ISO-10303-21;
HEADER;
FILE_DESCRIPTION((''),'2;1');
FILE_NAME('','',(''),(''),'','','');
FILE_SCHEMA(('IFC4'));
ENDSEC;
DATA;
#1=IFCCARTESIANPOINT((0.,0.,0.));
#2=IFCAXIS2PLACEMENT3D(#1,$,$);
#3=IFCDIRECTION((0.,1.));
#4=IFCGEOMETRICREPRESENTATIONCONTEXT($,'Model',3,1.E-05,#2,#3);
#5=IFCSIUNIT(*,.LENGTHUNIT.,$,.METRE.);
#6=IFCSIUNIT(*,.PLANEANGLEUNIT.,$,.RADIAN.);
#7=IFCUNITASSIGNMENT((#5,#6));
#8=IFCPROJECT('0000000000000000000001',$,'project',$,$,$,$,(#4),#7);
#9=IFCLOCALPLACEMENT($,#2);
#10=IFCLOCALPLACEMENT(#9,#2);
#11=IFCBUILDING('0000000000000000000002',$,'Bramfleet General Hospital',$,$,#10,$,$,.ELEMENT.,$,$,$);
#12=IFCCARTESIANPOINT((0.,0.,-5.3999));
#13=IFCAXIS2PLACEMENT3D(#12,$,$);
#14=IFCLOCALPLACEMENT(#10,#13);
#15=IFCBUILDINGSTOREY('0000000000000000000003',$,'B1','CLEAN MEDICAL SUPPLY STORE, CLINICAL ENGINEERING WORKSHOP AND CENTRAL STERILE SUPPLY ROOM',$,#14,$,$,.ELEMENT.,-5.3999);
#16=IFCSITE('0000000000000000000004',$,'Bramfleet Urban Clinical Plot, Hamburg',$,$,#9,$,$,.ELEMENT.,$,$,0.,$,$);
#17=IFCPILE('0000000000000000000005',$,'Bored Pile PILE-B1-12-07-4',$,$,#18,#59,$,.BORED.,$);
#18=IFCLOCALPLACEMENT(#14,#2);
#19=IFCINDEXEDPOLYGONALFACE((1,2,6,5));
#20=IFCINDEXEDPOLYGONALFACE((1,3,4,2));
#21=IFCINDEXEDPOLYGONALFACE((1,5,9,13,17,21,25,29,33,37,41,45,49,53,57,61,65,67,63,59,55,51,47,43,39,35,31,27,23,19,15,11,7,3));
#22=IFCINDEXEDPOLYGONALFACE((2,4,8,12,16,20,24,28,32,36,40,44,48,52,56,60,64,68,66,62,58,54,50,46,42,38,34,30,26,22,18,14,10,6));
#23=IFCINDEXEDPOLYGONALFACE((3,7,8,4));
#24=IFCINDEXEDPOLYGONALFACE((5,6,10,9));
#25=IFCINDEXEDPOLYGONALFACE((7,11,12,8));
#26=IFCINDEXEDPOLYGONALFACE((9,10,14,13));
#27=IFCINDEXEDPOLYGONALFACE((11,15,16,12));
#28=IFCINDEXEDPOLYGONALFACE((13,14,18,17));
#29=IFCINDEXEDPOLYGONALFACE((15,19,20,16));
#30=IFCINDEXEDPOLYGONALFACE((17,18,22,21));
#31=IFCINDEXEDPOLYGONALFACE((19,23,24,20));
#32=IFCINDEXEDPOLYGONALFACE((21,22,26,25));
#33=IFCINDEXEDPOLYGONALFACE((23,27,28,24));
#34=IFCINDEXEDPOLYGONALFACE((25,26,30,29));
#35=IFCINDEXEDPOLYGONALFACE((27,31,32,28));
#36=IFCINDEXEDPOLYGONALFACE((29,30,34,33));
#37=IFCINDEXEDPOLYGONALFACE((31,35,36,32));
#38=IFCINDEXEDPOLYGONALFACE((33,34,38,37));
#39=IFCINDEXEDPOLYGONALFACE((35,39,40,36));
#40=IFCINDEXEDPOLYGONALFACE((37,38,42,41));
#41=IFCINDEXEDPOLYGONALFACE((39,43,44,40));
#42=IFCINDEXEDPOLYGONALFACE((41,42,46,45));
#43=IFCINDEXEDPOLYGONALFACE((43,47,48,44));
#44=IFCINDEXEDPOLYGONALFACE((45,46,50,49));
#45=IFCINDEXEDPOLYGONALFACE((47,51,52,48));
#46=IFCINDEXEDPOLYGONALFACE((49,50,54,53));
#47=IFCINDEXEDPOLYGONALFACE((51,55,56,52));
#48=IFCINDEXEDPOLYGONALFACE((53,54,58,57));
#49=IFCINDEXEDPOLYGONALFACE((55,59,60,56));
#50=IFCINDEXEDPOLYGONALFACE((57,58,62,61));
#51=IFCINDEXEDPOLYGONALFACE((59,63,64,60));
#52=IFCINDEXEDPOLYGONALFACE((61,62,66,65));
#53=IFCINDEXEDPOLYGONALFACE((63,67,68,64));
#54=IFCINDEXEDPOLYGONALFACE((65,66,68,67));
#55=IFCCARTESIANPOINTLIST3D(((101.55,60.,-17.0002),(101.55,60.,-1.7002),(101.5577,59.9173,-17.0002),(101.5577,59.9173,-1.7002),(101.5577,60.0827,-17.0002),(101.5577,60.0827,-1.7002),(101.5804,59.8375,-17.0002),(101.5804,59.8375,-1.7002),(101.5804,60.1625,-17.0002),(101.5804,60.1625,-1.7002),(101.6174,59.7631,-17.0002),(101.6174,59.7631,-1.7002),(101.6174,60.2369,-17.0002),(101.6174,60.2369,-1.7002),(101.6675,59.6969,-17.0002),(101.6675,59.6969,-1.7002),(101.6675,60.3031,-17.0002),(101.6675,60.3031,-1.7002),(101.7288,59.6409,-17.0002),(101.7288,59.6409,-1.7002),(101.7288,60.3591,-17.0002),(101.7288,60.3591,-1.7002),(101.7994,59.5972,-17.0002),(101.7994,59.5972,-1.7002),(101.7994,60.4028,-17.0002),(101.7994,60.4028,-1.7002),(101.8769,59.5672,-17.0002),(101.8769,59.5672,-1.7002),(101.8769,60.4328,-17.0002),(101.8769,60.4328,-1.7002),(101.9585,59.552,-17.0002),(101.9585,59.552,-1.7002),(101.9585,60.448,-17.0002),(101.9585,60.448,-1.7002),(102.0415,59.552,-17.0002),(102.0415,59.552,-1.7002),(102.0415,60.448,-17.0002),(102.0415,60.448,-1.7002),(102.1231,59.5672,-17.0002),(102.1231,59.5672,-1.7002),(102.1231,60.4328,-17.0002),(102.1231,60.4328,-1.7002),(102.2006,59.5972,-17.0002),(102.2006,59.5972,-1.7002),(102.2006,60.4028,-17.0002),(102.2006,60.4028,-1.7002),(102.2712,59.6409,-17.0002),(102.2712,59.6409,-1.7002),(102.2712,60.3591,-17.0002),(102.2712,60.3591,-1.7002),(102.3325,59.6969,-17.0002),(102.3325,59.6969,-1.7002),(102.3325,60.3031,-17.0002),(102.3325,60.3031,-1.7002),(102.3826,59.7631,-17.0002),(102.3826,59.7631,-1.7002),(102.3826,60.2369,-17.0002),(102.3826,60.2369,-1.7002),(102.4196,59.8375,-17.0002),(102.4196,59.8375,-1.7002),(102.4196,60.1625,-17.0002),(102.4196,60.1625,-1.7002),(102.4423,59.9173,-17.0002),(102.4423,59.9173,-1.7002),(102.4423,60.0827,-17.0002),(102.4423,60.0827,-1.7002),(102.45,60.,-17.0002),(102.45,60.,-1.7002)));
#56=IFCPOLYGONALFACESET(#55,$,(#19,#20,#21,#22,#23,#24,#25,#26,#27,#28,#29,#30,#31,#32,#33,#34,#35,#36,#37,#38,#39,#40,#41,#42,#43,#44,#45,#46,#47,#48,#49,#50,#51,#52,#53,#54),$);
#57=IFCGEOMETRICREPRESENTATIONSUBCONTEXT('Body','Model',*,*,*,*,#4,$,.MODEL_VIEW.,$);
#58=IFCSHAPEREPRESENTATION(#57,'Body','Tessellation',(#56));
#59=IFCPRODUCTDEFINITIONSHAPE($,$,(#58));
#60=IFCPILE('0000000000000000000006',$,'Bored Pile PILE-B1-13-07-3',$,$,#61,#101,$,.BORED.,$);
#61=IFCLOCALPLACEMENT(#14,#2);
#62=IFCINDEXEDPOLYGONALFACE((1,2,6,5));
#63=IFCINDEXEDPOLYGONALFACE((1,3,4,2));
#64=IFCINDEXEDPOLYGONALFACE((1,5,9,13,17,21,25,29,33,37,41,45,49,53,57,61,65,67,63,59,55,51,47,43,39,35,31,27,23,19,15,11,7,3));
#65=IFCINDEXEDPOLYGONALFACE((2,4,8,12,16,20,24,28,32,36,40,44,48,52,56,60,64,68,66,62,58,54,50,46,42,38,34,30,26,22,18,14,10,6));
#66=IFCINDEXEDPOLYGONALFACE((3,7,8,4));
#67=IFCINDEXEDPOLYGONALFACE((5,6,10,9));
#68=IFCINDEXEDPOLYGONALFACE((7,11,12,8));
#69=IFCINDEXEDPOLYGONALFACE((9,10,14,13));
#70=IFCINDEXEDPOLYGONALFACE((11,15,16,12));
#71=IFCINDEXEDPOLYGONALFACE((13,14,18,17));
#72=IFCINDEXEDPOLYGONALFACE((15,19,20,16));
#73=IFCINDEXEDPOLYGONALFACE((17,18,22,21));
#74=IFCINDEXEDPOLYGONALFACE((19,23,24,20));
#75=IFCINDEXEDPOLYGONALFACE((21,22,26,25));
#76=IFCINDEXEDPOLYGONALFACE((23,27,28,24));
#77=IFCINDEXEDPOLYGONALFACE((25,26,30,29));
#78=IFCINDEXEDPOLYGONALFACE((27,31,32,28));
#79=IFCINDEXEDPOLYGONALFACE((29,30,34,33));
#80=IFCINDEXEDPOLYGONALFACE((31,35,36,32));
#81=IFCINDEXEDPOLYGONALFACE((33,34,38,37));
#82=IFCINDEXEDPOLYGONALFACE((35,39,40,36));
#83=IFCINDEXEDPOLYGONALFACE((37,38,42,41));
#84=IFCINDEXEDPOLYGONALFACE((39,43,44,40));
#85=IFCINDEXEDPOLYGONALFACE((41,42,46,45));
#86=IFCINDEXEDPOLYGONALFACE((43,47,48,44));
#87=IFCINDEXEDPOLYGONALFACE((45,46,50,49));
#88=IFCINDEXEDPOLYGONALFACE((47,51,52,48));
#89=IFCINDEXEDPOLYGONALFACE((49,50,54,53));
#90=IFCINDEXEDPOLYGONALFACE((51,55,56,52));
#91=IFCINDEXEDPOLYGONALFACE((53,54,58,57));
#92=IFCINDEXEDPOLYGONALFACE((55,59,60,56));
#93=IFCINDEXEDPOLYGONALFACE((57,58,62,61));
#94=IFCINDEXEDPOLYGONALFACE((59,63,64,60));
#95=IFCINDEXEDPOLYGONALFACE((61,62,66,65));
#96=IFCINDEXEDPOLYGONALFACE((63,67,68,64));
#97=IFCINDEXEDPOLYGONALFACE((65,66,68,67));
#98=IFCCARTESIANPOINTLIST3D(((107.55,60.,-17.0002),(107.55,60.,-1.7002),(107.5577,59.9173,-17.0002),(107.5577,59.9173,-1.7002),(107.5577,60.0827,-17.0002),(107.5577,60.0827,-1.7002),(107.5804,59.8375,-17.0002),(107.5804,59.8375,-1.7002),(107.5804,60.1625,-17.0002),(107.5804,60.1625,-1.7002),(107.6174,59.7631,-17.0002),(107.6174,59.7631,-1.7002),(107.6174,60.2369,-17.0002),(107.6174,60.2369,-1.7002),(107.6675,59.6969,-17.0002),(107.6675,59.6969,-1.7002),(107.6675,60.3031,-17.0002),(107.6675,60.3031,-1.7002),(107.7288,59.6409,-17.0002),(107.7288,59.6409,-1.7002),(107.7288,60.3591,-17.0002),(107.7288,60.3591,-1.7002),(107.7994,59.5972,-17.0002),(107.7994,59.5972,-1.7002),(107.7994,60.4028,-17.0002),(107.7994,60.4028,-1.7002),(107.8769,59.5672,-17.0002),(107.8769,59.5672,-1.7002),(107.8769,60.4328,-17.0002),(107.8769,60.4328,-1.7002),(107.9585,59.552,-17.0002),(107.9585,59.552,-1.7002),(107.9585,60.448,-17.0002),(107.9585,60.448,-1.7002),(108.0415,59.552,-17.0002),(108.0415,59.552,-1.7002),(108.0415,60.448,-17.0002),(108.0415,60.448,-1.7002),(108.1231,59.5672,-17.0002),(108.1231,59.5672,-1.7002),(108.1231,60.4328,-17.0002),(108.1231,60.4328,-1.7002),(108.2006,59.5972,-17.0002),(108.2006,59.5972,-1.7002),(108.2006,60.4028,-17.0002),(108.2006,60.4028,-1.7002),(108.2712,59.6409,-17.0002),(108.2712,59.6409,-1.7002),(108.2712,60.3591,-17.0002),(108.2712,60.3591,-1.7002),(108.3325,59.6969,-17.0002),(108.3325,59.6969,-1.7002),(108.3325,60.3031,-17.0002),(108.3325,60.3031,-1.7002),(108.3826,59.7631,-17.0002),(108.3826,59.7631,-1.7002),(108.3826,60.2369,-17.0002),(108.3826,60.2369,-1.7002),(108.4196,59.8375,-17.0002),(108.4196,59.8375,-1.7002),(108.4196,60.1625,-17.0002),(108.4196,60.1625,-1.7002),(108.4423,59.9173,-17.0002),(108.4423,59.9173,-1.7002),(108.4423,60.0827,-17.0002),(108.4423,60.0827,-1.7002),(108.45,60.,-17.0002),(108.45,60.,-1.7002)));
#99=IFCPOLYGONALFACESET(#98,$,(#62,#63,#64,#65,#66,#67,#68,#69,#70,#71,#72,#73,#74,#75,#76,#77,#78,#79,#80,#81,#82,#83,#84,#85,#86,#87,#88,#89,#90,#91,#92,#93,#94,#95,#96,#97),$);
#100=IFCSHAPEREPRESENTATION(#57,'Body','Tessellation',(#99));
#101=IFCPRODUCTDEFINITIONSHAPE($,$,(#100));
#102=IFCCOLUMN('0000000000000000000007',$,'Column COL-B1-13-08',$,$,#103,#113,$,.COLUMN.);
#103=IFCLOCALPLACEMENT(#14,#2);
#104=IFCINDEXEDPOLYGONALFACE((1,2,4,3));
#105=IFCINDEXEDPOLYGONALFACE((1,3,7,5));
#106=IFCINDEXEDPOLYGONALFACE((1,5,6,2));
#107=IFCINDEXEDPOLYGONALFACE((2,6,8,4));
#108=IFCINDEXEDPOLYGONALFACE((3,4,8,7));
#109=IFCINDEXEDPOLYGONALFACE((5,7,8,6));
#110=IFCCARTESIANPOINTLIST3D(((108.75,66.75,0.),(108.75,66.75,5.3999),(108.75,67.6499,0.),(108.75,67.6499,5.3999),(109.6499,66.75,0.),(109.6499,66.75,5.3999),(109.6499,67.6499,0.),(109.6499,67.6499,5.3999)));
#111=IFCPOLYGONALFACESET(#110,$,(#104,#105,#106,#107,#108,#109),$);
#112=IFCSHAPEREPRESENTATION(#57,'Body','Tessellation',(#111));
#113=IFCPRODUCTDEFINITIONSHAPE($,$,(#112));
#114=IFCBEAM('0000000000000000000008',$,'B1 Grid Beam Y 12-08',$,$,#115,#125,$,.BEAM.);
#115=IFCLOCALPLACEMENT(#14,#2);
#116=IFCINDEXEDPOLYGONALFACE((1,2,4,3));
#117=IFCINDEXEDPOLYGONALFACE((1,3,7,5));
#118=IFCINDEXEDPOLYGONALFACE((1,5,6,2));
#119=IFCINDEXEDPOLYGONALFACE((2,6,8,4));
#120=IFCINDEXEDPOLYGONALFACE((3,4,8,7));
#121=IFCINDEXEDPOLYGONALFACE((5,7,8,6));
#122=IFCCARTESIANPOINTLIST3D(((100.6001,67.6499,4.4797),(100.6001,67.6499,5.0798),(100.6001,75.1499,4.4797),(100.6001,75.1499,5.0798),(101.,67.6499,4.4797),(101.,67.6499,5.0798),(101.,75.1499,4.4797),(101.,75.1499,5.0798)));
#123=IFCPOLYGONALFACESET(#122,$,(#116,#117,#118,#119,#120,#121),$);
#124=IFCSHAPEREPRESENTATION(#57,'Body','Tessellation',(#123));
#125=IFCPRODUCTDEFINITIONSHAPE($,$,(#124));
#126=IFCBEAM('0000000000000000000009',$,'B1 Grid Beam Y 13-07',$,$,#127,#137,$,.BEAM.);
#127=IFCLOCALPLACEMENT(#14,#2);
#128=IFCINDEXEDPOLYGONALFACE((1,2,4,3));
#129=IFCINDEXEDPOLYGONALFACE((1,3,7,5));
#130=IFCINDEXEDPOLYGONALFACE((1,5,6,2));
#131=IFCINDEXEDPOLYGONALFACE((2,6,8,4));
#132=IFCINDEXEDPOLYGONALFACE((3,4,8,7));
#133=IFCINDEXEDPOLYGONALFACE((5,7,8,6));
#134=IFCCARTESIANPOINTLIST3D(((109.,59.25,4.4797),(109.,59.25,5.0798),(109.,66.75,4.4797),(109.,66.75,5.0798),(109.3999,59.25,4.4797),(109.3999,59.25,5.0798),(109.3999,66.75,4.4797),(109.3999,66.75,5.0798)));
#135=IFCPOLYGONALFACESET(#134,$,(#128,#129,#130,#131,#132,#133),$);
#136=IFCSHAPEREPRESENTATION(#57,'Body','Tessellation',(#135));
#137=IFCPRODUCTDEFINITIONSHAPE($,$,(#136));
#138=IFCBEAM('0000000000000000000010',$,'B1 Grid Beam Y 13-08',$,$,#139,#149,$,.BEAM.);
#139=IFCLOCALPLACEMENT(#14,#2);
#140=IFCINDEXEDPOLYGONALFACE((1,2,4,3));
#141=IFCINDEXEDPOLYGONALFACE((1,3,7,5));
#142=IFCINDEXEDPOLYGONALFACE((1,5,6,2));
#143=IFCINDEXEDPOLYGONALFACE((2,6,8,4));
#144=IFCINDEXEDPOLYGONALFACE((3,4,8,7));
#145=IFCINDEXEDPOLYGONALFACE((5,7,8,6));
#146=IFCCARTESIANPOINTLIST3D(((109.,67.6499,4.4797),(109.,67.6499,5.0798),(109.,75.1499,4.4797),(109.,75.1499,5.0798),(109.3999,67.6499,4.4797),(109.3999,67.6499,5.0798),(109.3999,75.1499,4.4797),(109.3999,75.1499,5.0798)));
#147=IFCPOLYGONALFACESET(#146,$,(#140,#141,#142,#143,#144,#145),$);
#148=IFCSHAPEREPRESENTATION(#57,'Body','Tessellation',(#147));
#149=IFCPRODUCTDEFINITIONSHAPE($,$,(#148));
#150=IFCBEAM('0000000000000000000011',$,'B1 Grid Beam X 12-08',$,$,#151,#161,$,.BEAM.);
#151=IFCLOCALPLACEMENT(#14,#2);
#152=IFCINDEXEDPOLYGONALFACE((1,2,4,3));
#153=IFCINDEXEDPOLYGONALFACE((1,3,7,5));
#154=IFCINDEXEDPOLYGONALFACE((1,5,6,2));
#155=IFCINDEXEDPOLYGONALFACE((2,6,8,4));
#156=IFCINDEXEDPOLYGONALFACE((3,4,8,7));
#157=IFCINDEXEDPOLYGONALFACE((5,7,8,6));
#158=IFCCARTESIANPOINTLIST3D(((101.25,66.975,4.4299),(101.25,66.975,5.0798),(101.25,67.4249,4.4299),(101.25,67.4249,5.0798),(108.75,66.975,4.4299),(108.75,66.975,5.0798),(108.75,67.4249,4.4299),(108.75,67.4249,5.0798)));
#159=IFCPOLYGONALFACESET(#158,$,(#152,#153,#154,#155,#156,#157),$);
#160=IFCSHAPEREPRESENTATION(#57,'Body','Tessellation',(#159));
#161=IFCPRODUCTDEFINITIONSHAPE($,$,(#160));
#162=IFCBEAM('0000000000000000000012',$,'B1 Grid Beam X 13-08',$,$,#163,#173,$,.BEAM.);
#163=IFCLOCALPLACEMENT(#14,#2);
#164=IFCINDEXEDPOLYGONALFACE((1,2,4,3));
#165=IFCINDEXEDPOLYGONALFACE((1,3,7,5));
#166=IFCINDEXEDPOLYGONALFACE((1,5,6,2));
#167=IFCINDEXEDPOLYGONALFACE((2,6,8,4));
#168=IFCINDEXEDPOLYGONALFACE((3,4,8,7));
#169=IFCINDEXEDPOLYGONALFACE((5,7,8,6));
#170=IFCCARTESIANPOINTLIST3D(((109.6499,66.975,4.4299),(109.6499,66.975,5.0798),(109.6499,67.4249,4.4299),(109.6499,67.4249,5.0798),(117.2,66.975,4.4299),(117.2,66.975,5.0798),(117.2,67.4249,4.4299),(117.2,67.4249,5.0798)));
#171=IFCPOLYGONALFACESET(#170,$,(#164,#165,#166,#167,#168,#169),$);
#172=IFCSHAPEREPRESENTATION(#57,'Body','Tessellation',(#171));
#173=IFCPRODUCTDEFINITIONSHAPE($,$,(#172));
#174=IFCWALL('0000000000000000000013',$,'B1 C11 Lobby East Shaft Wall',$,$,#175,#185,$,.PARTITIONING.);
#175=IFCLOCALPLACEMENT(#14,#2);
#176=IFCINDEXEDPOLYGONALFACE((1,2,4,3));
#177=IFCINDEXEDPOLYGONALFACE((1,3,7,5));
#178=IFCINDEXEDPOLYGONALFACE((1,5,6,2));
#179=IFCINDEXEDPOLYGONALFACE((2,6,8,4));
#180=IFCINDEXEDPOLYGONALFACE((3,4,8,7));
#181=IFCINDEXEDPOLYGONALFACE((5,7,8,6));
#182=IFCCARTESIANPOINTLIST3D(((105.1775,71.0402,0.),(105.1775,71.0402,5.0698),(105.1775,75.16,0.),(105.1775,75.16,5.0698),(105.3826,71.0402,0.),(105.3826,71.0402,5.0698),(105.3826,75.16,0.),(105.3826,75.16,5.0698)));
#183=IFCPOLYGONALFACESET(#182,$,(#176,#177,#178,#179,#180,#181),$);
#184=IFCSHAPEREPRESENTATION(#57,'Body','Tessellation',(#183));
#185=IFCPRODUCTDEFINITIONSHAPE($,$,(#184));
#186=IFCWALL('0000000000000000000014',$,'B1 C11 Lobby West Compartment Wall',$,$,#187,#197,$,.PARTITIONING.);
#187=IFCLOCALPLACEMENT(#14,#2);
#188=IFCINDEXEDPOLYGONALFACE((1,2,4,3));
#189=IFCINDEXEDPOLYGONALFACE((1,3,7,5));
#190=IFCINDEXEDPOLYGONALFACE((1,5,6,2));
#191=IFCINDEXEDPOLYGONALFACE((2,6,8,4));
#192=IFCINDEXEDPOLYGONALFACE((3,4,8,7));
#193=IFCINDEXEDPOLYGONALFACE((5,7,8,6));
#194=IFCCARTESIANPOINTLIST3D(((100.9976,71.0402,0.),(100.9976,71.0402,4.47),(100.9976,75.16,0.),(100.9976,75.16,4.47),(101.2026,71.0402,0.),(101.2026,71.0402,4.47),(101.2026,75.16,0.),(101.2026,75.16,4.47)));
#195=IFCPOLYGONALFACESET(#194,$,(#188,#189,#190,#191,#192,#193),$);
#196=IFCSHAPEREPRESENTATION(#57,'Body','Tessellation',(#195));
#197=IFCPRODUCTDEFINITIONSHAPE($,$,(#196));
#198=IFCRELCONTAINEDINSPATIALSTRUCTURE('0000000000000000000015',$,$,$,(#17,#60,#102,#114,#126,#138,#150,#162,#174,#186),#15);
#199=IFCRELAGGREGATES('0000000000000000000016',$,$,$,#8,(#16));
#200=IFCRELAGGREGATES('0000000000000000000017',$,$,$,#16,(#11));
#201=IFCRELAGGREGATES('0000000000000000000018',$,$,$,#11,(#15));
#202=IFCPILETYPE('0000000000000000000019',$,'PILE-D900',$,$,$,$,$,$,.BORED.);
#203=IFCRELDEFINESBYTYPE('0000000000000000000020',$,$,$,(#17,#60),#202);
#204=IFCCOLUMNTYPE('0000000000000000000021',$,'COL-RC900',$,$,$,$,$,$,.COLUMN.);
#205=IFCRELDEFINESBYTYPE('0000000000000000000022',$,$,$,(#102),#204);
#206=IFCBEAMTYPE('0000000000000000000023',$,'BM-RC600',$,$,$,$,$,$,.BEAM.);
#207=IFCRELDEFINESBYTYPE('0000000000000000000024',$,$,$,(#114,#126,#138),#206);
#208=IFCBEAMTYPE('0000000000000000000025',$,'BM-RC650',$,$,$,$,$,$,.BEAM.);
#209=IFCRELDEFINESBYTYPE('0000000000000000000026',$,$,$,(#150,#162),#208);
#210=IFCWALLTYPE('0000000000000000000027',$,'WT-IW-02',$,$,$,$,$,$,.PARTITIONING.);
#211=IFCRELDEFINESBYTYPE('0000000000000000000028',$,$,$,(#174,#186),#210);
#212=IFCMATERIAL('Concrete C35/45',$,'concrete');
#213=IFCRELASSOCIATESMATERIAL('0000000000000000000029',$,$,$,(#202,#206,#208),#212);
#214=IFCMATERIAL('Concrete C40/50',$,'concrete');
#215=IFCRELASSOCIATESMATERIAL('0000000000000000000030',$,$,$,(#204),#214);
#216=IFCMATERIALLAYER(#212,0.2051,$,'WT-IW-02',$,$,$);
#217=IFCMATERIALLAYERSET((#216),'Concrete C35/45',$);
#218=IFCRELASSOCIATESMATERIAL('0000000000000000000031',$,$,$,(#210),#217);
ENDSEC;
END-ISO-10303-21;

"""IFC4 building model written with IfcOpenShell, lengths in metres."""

from ifc_helpers import new_model, si_unit, direction, frame, frame_2d, origin, origin_2d, place, context, subcontext, project, spatial, rectangle, circle, extrude, material, layer, layer_set, material_profile, profile_set, type_object, element, save


model = new_model("IFC4")

# Units and contexts
model_context = context("Model", 3, precision=1e-05, world=origin(), true_north=direction((0.0, 1.0)))
body_context = subcontext(model_context, "Body", "Model", "MODEL_VIEW")
ifc_project = project(units=[si_unit("LENGTHUNIT", "METRE"), si_unit("PLANEANGLEUNIT", "RADIAN")], contexts=[model_context])

# Site, building, storey
site_placement = place(None, origin())
site = spatial("IfcSite", under=ifc_project, at=site_placement, Name="Bramfleet Urban Clinical Plot, Hamburg", CompositionType="ELEMENT", RefElevation=0.0)
building_placement = place(site_placement, origin())
building = spatial("IfcBuilding", under=site, at=building_placement, Name="Bramfleet General Hospital", CompositionType="ELEMENT")
storey_placement = place(building_placement, frame((0.0, 0.0, -5.3999)))
storey = spatial("IfcBuildingStorey", under=building, at=storey_placement, Name="B1", Description="CLEAN MEDICAL SUPPLY STORE, CLINICAL ENGINEERING WORKSHOP AND CENTRAL STERILE SUPPLY ROOM", CompositionType="ELEMENT", Elevation=-5.3999)

# Shared definitions
ifc_material_1 = material(Name="Concrete C35/45", Category="concrete")

# Piles
ifc_material_profile_1 = material_profile(ifc_material_1, circle(Radius=0.45, at=origin_2d()), Name="PILE BORED D900")
ifc_profile_set_1 = profile_set([ifc_material_profile_1], Name="Concrete C35/45")
pile_type_1 = type_object("IfcPileType", Name="PILE-D900", PredefinedType="BORED", material=ifc_profile_set_1)
for number, where, z_axis, x_axis, name in (
    (1, (102.0, 60.0, -1.7002), (0.0, 0.0, -1.0), (1.0, 0.0, 0.0), "Bored Pile PILE-B1-12-07-4"),
    (2, (108.0, 60.0, -1.7002), (0.0, 0.0, -1.0), (1.0, 0.0, 0.0), "Bored Pile PILE-B1-13-07-3"),
):
    element("IfcPile", number, at=place(storey_placement, frame(where, z_axis=z_axis, x_axis=x_axis)), inside=storey, type_object=pile_type_1, Name=name, PredefinedType="BORED", context=body_context, shape_type="SweptSolid", body=[
        extrude(circle(Radius=0.45, at=origin_2d()), origin(), (0.0, 0.0, 1.0), 15.3),
    ])

# Column
ifc_material_2 = material(Name="Concrete C40/50", Category="concrete")
ifc_material_profile_2 = material_profile(ifc_material_2, rectangle(XDim=0.8999, YDim=0.8999, at=origin_2d()), Name="RC COL 900x900")
ifc_profile_set_2 = profile_set([ifc_material_profile_2], Name="Concrete C40/50")
column_type = type_object("IfcColumnType", Name="COL-RC900", PredefinedType="COLUMN", material=ifc_profile_set_2)
column_placement = place(storey_placement, frame((109.2, 67.2, 0.0), z_axis=(0.0, 0.0, 1.0), x_axis=(1.0, 0.0, 0.0)))
element("IfcColumn", 3, at=column_placement, inside=storey, type_object=column_type, Name="Column COL-B1-13-08", PredefinedType="COLUMN", context=body_context, shape_type="SweptSolid", body=[
    extrude(rectangle(XDim=0.8999, YDim=0.8999, at=origin_2d()), origin(), (0.0, 0.0, 1.0), 5.3999),
])

# Beams
ifc_material_profile_3 = material_profile(ifc_material_1, rectangle(XDim=0.3999, YDim=0.6001, at=origin_2d()), Name="RC BM 600x400")
ifc_profile_set_3 = profile_set([ifc_material_profile_3], Name="Concrete C35/45")
beam_type_1 = type_object("IfcBeamType", Name="BM-RC600", PredefinedType="BEAM", material=ifc_profile_set_3)
for number, where, z_axis, x_axis, name in (
    (4, (100.8, 67.6499, 4.7798), (0.0, 1.0, 0.0), (-1.0, 0.0, 0.0), "B1 Grid Beam Y 12-08"),
    (5, (109.2, 59.25, 4.7798), (0.0, 1.0, 0.0), (-1.0, 0.0, 0.0), "B1 Grid Beam Y 13-07"),
    (6, (109.2, 67.6499, 4.7798), (0.0, 1.0, 0.0), (-1.0, 0.0, 0.0), "B1 Grid Beam Y 13-08"),
):
    element("IfcBeam", number, at=place(storey_placement, frame(where, z_axis=z_axis, x_axis=x_axis)), inside=storey, type_object=beam_type_1, Name=name, PredefinedType="BEAM", context=body_context, shape_type="SweptSolid", body=[
        extrude(rectangle(XDim=0.3999, YDim=0.6001, at=origin_2d()), origin(), (0.0, 0.0, 1.0), 7.5),
    ])
ifc_material_profile_4 = material_profile(ifc_material_1, rectangle(XDim=0.45, YDim=0.6499, at=origin_2d()), Name="RC BM 650x450")
ifc_profile_set_4 = profile_set([ifc_material_profile_4], Name="Concrete C35/45")
beam_type_2 = type_object("IfcBeamType", Name="BM-RC650", PredefinedType="BEAM", material=ifc_profile_set_4)
beam_1_placement = place(storey_placement, frame((101.25, 67.2, 4.7549), z_axis=(1.0, 0.0, 0.0), x_axis=(0.0, 1.0, 0.0)))
element("IfcBeam", 7, at=beam_1_placement, inside=storey, type_object=beam_type_2, Name="B1 Grid Beam X 12-08", PredefinedType="BEAM", context=body_context, shape_type="SweptSolid", body=[
    extrude(rectangle(XDim=0.45, YDim=0.6499, at=origin_2d()), origin(), (0.0, 0.0, 1.0), 7.5),
])
beam_2_placement = place(storey_placement, frame((109.6499, 67.2, 4.7549), z_axis=(1.0, 0.0, 0.0), x_axis=(0.0, 1.0, 0.0)))
element("IfcBeam", 8, at=beam_2_placement, inside=storey, type_object=beam_type_2, Name="B1 Grid Beam X 13-08", PredefinedType="BEAM", context=body_context, shape_type="SweptSolid", body=[
    extrude(rectangle(XDim=0.45, YDim=0.6499, at=origin_2d()), origin(), (0.0, 0.0, 1.0), 7.55),
])

# Walls
ifc_layer_1 = layer(ifc_material_1, 0.2051, Name="WT-IW-02")
ifc_layer_set_1 = layer_set([ifc_layer_1], Name="Concrete C35/45")
wall_type_1 = type_object("IfcWallType", Name="WT-IW-02", PredefinedType="PARTITIONING", material=ifc_layer_set_1)
wall_1_placement = place(storey_placement, frame((105.28, 71.04, 0.0), z_axis=(0.0, 0.0, 1.0), x_axis=(0.0, 1.0, 0.0)))
element("IfcWall", 9, at=wall_1_placement, inside=storey, type_object=wall_type_1, Name="B1 C11 Lobby East Shaft Wall", PredefinedType="PARTITIONING", context=body_context, shape_type="SweptSolid", body=[
    extrude(rectangle(XDim=4.1199, YDim=0.2051, at=frame_2d((2.0601, 0.0))), origin(), (0.0, 0.0, 1.0), 5.0698),
])
wall_2_placement = place(storey_placement, frame((101.1001, 71.04, 0.0), z_axis=(0.0, 0.0, 1.0), x_axis=(0.0, 1.0, 0.0)))
element("IfcWall", 10, at=wall_2_placement, inside=storey, type_object=wall_type_1, Name="B1 C11 Lobby West Compartment Wall", PredefinedType="PARTITIONING", context=body_context, shape_type="SweptSolid", body=[
    extrude(rectangle(XDim=4.1199, YDim=0.2051, at=frame_2d((2.0601, 0.0))), origin(), (0.0, 0.0, 1.0), 4.47),
])

save(model, "model.ifc")
